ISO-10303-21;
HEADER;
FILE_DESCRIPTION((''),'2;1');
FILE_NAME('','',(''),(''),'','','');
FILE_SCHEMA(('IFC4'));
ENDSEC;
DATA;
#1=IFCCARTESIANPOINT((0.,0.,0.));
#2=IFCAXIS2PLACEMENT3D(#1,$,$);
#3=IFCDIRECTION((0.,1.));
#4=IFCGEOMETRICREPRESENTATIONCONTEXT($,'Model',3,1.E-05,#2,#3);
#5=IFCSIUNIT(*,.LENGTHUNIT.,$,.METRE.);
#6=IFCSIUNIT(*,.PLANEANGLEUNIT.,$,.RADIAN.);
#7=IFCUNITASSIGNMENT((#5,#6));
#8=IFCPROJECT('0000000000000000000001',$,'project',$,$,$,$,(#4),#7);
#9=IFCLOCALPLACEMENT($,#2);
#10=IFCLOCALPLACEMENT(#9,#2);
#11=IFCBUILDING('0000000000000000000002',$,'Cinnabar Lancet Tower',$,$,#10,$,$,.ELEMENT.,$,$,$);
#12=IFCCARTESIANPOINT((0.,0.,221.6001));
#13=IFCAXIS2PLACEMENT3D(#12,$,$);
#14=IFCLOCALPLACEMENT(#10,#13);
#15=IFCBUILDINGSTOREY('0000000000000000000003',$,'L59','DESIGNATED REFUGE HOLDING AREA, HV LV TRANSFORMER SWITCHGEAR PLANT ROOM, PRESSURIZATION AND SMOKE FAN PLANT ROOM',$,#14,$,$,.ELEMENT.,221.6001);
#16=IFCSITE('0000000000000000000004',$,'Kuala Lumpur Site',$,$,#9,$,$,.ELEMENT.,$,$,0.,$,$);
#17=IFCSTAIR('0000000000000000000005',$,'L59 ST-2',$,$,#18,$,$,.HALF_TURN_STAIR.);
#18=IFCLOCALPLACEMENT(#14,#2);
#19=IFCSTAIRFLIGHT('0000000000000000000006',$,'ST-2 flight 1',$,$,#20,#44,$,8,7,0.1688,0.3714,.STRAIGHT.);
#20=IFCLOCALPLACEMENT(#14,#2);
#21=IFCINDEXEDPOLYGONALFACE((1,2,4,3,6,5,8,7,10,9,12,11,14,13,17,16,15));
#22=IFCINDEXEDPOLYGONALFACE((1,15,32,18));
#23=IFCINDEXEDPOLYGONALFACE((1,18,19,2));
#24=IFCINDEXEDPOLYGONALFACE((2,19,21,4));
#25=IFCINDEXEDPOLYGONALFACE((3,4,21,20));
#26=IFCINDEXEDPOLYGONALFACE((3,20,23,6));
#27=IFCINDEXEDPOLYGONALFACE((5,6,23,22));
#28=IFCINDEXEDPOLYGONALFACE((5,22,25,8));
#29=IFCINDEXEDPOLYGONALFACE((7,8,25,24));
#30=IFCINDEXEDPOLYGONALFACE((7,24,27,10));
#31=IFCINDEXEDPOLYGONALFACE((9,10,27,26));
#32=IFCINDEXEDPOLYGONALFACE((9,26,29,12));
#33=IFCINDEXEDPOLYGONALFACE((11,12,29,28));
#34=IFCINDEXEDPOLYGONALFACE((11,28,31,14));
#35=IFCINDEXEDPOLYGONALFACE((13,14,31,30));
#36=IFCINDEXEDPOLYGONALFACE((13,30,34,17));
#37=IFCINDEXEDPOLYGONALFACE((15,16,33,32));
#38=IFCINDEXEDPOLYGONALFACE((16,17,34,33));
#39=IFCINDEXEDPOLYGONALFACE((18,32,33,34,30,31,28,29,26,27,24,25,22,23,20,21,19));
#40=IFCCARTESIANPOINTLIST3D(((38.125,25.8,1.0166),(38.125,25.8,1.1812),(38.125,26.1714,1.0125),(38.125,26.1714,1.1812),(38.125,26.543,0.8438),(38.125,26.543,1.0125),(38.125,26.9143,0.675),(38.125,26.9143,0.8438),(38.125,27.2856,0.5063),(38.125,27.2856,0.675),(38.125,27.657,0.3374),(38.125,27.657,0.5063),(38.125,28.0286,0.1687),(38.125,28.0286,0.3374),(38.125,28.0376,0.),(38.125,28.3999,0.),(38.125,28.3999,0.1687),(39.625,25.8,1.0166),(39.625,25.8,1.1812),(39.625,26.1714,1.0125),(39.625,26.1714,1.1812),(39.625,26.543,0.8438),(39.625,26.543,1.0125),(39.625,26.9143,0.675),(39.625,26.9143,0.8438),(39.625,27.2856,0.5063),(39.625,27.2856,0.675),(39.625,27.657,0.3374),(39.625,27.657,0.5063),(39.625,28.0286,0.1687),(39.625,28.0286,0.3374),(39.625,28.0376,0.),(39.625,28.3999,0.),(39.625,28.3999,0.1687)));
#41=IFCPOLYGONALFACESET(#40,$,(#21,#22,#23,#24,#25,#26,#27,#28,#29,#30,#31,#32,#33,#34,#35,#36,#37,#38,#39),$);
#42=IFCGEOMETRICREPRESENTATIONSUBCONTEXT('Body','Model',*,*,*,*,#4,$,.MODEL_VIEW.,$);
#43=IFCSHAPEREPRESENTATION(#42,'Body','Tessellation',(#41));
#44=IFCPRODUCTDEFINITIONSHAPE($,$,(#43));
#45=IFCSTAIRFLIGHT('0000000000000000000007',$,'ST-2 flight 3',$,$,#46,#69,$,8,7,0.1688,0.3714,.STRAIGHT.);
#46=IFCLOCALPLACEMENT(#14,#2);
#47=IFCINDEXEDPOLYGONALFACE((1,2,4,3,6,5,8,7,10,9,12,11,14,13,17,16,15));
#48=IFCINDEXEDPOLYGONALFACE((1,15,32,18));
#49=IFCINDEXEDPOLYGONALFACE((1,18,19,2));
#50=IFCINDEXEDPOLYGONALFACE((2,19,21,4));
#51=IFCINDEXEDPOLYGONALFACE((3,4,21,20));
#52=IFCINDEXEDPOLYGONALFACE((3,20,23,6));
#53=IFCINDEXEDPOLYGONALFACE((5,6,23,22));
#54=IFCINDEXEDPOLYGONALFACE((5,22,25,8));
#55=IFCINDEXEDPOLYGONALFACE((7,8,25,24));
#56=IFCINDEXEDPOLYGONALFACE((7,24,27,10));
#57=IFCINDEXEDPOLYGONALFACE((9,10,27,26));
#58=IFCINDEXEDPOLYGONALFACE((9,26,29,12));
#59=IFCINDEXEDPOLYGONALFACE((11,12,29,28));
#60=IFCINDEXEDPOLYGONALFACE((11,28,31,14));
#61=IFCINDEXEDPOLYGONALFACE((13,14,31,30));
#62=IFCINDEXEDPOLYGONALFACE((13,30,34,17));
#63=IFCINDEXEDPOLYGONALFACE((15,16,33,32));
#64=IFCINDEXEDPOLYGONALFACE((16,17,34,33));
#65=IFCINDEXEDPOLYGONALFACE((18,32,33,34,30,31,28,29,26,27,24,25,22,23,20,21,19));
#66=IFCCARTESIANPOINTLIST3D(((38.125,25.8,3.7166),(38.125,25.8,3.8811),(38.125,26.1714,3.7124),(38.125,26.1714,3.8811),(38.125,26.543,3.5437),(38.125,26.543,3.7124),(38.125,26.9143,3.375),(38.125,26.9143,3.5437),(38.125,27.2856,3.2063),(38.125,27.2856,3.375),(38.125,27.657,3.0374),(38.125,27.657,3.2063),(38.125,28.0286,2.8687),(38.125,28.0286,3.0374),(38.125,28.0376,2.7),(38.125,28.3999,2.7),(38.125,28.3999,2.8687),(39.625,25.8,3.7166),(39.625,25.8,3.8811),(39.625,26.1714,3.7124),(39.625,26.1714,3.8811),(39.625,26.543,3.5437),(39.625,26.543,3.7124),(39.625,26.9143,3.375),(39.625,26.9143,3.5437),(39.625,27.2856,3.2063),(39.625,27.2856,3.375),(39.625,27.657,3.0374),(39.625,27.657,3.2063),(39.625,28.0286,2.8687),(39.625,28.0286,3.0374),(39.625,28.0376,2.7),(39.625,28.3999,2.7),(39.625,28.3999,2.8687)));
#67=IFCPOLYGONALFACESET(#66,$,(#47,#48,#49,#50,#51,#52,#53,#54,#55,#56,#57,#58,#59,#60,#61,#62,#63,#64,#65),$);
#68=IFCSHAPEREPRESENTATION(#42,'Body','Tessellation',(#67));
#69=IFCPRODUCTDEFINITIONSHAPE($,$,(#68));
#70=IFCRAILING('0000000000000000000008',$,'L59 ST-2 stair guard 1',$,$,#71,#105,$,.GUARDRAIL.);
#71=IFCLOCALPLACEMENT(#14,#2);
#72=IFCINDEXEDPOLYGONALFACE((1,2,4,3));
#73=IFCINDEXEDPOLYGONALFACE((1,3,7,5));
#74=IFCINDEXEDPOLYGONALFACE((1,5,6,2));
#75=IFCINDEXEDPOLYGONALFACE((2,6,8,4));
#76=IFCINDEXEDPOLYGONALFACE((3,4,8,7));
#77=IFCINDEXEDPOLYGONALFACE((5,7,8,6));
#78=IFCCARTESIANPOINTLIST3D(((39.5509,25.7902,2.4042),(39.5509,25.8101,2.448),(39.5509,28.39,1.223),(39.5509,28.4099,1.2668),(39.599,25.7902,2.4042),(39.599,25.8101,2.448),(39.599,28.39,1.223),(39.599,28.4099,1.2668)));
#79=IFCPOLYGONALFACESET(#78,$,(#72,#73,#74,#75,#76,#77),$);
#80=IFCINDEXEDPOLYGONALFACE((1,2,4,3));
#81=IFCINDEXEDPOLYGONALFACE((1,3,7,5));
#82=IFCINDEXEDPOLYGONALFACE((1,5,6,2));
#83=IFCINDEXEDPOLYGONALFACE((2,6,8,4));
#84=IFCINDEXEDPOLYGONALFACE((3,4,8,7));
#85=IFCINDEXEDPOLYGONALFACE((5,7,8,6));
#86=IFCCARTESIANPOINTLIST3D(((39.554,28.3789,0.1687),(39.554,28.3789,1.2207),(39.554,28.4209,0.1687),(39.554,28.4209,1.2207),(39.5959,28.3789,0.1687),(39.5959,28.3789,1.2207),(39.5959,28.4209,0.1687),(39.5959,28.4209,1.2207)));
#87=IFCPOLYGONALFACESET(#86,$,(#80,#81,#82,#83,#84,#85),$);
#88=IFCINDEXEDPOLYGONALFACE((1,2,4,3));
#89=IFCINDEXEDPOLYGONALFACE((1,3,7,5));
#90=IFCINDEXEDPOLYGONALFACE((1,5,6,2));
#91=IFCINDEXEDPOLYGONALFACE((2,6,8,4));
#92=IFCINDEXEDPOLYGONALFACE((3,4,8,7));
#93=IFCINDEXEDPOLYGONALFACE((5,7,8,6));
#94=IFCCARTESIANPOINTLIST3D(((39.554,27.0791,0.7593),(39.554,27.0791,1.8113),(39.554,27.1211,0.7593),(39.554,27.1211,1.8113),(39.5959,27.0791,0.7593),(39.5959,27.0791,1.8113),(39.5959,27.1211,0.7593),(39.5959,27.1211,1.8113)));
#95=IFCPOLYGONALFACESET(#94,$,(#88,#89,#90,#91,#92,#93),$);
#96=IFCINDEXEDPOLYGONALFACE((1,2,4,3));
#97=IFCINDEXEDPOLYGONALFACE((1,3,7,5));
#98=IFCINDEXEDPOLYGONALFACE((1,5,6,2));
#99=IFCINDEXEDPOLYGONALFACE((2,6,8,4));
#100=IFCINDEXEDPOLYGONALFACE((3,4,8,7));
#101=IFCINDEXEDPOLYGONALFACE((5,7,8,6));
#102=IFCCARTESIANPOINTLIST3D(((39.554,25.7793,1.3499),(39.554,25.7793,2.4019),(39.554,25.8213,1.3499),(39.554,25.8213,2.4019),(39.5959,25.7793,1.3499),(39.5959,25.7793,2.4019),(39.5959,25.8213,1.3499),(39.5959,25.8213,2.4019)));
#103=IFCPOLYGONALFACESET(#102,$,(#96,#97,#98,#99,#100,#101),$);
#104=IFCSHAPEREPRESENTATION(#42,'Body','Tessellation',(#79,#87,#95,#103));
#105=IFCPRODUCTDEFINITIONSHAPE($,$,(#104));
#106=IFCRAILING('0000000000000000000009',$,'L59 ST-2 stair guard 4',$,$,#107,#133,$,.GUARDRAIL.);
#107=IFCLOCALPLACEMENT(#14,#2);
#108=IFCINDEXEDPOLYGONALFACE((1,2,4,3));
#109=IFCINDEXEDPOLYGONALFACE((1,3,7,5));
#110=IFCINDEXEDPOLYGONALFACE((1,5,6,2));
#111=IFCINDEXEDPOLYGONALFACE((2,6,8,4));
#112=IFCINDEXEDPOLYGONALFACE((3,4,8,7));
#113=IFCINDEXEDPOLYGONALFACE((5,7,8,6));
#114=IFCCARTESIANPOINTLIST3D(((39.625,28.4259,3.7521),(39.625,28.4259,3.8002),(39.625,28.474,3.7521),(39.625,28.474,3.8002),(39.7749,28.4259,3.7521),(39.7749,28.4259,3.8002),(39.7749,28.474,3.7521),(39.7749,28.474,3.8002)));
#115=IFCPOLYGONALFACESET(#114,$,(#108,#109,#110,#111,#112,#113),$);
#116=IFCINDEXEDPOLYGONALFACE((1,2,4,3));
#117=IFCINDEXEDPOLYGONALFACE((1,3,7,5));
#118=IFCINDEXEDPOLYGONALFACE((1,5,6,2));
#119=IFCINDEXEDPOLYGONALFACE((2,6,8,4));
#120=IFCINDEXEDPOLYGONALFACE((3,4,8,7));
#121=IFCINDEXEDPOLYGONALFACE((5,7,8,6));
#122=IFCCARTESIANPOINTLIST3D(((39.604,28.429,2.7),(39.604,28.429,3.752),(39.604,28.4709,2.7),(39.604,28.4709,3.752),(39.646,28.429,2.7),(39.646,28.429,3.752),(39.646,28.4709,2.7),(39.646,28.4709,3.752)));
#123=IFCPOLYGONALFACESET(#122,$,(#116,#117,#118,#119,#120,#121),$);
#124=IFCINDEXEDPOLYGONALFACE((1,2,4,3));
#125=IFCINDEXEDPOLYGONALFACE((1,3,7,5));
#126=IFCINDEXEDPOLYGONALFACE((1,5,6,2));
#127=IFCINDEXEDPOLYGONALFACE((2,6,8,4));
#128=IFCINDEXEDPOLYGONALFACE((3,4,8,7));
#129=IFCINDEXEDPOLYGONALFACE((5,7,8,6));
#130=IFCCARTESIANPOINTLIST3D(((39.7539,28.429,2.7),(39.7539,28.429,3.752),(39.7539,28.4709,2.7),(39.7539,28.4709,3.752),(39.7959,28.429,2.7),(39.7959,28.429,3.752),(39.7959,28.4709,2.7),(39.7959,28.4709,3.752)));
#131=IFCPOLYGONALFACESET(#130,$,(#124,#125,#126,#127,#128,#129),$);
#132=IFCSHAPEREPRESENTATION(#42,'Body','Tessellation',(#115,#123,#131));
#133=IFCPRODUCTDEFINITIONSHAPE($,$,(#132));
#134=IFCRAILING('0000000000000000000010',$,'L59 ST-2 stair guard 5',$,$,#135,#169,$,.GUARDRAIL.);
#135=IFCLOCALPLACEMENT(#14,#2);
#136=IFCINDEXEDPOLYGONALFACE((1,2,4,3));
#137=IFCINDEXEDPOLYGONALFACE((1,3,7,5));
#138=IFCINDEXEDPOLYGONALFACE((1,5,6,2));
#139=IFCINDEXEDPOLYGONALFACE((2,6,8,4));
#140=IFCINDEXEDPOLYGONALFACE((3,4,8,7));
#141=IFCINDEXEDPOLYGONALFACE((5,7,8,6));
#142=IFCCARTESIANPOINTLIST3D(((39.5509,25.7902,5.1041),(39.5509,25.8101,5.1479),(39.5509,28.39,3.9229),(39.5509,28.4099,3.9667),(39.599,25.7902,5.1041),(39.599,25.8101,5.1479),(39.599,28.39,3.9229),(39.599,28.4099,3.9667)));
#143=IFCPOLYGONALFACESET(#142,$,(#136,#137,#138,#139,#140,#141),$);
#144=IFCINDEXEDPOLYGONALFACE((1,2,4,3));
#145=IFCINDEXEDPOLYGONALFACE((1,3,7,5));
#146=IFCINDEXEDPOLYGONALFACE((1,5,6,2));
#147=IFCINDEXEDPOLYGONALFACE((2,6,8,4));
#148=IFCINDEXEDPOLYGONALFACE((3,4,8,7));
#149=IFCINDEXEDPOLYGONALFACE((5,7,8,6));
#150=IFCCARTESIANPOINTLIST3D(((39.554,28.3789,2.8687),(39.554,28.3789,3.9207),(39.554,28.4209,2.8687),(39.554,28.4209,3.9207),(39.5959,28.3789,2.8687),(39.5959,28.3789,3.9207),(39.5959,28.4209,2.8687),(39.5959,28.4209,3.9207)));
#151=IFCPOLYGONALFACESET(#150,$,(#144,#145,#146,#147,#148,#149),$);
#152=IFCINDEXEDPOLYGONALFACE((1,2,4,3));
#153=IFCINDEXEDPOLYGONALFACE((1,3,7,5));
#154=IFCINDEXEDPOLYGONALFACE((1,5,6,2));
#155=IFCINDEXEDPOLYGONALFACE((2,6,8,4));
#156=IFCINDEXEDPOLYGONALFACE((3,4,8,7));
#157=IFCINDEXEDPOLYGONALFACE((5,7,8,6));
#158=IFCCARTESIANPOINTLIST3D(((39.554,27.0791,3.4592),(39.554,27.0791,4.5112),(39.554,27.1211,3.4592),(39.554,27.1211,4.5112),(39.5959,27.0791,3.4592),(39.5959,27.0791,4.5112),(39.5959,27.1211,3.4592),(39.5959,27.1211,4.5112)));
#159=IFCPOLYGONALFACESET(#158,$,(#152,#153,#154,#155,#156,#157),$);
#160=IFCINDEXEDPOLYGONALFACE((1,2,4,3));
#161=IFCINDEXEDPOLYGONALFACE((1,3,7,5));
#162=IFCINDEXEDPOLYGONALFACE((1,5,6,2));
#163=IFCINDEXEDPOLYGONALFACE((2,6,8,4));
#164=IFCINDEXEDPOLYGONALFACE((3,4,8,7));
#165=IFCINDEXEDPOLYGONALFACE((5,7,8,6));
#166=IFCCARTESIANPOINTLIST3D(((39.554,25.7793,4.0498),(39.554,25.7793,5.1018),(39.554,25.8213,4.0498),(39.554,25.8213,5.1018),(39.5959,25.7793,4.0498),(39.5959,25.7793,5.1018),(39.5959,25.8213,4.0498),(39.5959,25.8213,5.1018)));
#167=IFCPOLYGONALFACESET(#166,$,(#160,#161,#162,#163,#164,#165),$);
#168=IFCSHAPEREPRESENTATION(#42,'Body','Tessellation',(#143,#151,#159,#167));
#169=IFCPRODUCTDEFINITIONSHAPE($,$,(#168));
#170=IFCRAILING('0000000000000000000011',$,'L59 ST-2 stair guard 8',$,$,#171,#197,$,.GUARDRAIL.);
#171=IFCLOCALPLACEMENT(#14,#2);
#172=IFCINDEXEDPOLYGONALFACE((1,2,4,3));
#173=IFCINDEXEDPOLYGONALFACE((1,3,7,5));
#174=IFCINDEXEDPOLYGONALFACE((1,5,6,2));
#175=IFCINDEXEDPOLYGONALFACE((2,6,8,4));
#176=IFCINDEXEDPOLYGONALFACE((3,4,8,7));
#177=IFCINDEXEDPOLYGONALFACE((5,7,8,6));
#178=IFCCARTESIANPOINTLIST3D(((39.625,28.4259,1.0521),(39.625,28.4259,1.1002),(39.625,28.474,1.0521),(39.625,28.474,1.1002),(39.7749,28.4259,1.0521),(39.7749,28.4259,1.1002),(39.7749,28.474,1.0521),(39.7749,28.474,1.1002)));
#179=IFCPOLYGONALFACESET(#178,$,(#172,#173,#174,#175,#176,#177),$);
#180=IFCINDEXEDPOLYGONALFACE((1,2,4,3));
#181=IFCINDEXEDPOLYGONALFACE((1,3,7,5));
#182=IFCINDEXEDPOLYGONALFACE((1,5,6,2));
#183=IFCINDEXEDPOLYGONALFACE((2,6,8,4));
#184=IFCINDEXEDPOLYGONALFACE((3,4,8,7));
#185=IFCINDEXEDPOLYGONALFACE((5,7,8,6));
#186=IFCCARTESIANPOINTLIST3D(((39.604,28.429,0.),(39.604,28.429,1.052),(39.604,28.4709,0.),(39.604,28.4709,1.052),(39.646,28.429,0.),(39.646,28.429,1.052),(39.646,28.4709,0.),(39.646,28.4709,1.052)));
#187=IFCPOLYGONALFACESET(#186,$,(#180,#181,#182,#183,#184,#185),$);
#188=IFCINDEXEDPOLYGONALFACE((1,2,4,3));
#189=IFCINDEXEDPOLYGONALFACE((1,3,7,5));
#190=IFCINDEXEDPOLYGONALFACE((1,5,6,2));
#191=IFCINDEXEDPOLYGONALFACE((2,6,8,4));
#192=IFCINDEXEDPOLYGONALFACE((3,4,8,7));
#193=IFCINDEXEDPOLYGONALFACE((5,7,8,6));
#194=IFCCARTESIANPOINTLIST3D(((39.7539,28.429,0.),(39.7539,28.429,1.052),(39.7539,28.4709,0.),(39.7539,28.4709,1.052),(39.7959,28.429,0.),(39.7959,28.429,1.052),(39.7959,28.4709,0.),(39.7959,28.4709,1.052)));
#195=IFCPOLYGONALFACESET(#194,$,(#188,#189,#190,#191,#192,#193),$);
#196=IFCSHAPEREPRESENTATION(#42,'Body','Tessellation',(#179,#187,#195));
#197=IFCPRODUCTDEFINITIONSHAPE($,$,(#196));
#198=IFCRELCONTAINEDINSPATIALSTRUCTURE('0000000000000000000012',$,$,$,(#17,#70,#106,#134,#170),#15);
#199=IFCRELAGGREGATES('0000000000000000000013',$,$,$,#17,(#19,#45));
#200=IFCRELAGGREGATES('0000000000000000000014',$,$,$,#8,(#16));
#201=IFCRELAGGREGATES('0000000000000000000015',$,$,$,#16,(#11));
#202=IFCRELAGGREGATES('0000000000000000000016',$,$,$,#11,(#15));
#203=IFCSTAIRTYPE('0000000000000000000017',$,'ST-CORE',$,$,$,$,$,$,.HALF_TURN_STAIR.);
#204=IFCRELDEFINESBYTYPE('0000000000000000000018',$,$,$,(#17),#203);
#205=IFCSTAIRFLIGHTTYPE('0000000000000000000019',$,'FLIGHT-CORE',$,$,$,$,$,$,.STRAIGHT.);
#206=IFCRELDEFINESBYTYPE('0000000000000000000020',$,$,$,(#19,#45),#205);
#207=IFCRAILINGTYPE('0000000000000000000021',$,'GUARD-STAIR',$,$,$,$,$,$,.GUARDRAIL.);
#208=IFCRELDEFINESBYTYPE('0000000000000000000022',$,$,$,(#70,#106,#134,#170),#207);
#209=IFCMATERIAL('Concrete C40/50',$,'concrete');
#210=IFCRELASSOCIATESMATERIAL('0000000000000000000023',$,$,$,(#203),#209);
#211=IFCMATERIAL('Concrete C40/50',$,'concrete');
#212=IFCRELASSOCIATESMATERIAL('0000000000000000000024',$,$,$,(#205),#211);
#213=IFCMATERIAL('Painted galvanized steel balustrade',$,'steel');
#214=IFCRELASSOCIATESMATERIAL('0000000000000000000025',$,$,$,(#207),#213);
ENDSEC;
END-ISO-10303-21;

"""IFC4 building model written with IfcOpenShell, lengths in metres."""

from ifc_helpers import new_model, si_unit, direction, frame, origin, origin_2d, place, context, subcontext, project, spatial, polyline, rectangle, outline, extrude, material, type_object, element, aggregate, save


model = new_model("IFC4")

# Units and contexts
model_context = context("Model", 3, precision=1e-05, world=origin(), true_north=direction((0.0, 1.0)))
body_context = subcontext(model_context, "Body", "Model", "MODEL_VIEW")
ifc_project = project(units=[si_unit("LENGTHUNIT", "METRE"), si_unit("PLANEANGLEUNIT", "RADIAN")], contexts=[model_context])

# Site, building, storey
site_placement = place(None, origin())
site = spatial("IfcSite", under=ifc_project, at=site_placement, Name="Kuala Lumpur Site", CompositionType="ELEMENT", RefElevation=0.0)
building_placement = place(site_placement, origin())
building = spatial("IfcBuilding", under=site, at=building_placement, Name="Cinnabar Lancet Tower", CompositionType="ELEMENT")
storey_placement = place(building_placement, frame((0.0, 0.0, 221.6001)))
storey = spatial("IfcBuildingStorey", under=building, at=storey_placement, Name="L59", Description="DESIGNATED REFUGE HOLDING AREA, HV LV TRANSFORMER SWITCHGEAR PLANT ROOM, PRESSURIZATION AND SMOKE FAN PLANT ROOM", CompositionType="ELEMENT", Elevation=221.6001)

# Stair, stair flights
ifc_material_1 = material(Name="Concrete C40/50", Category="concrete")
stair_type = type_object("IfcStairType", Name="ST-CORE", PredefinedType="HALF_TURN_STAIR", material=ifc_material_1)
stair_placement = place(storey_placement, origin())
stair = element("IfcStair", 1, at=stair_placement, inside=storey, type_object=stair_type, Name="L59 ST-2", PredefinedType="HALF_TURN_STAIR")
ifc_material_2 = material(Name="Concrete C40/50", Category="concrete")
stair_flight_type = type_object("IfcStairFlightType", Name="FLIGHT-CORE", PredefinedType="STRAIGHT", material=ifc_material_2)
stair_flight_1_placement = place(storey_placement, frame((38.875, 28.3999, 0.0), z_axis=(0.0, 0.0, 1.0), x_axis=(0.0, -1.0, 0.0)))
stair_flight_1 = element("IfcStairFlight", 2, at=stair_flight_1_placement, type_object=stair_flight_type, Name="ST-2 flight 1", NumberOfRisers=8, NumberOfTreads=7, PredefinedType="STRAIGHT", RiserHeight=0.1688, TreadLength=0.3714, context=body_context, shape_type="SweptSolid", body=[
    extrude(outline(polyline([(0.0, 0.0), (0.0, 0.1687), (0.3713, 0.1687), (0.3713, 0.3374), (0.7429, 0.3374), (0.7429, 0.5063), (1.1143, 0.5063), (1.1143, 0.675), (1.4856, 0.675), (1.4856, 0.8438), (1.8569, 0.8438), (1.8569, 1.0125), (2.2285, 1.0125), (2.2285, 1.1812), (2.5999, 1.1812), (2.5999, 1.3501), (2.5999, 1.0166), (0.3623, 0.0), (0.0, 0.0)])), frame((0.0, 0.75, 0.0), z_axis=(0.0, -1.0, 0.0), x_axis=(1.0, 0.0, 0.0)), (0.0, 0.0, 1.0), 1.5),
])
stair_flight_2_placement = place(storey_placement, frame((38.875, 28.3999, 2.7), z_axis=(0.0, 0.0, 1.0), x_axis=(0.0, -1.0, 0.0)))
stair_flight_2 = element("IfcStairFlight", 3, at=stair_flight_2_placement, type_object=stair_flight_type, Name="ST-2 flight 3", NumberOfRisers=8, NumberOfTreads=7, PredefinedType="STRAIGHT", RiserHeight=0.1688, TreadLength=0.3714, context=body_context, shape_type="SweptSolid", body=[
    extrude(outline(polyline([(0.0, 0.0), (0.0, 0.1687), (0.3713, 0.1687), (0.3713, 0.3374), (0.7429, 0.3374), (0.7429, 0.5063), (1.1143, 0.5063), (1.1143, 0.675), (1.4856, 0.675), (1.4856, 0.8438), (1.8569, 0.8438), (1.8569, 1.0125), (2.2285, 1.0125), (2.2285, 1.1812), (2.5999, 1.1812), (2.5999, 1.3501), (2.5999, 1.0166), (0.3623, 0.0), (0.0, 0.0)])), frame((0.0, 0.75, 0.0), z_axis=(0.0, -1.0, 0.0), x_axis=(1.0, 0.0, 0.0)), (0.0, 0.0, 1.0), 1.5),
])
aggregate(stair, [stair_flight_1, stair_flight_2])

# Railings
ifc_material_3 = material(Name="Painted galvanized steel balustrade", Category="steel")
railing_type_1 = type_object("IfcRailingType", Name="GUARD-STAIR", PredefinedType="GUARDRAIL", material=ifc_material_3)
railing_1_placement = place(storey_placement, frame((39.575, 28.3999, 0.1687)))
element("IfcRailing", 4, at=railing_1_placement, inside=storey, type_object=railing_type_1, Name="L59 ST-2 stair guard 1", PredefinedType="GUARDRAIL", context=body_context, shape_type="SweptSolid", body=[
    extrude(rectangle(XDim=0.0481, YDim=0.0481, at=origin_2d()), frame((0.0, 0.0, 1.0762), z_axis=(0.0, -0.910431, 0.413661), x_axis=(1.0, 0.0, 0.0)), (0.0, 0.0, 1.0), 2.8555),
    extrude(rectangle(XDim=0.042, YDim=0.042, at=origin_2d()), origin(), (0.0, 0.0, 1.0), 1.052),
    extrude(rectangle(XDim=0.042, YDim=0.042, at=origin_2d()), frame((0.0, -1.2998, 0.5906)), (0.0, 0.0, 1.0), 1.052),
    extrude(rectangle(XDim=0.042, YDim=0.042, at=origin_2d()), frame((0.0, -2.5996, 1.1812)), (0.0, 0.0, 1.0), 1.052),
])
railing_2_placement = place(storey_placement, frame((39.625, 28.45, 2.7)))
element("IfcRailing", 5, at=railing_2_placement, inside=storey, type_object=railing_type_1, Name="L59 ST-2 stair guard 4", PredefinedType="GUARDRAIL", context=body_context, shape_type="SweptSolid", body=[
    extrude(rectangle(XDim=0.0481, YDim=0.0481, at=origin_2d()), frame((0.0, 0.0, 1.0762), z_axis=(1.0, 0.0, 0.0), x_axis=(0.0, 1.0, 0.0)), (0.0, 0.0, 1.0), 0.1499),
    extrude(rectangle(XDim=0.042, YDim=0.042, at=origin_2d()), origin(), (0.0, 0.0, 1.0), 1.052),
    extrude(rectangle(XDim=0.042, YDim=0.042, at=origin_2d()), frame((0.1499, 0.0, 0.0)), (0.0, 0.0, 1.0), 1.052),
])
railing_3_placement = place(storey_placement, frame((39.575, 28.3999, 2.8687)))
element("IfcRailing", 6, at=railing_3_placement, inside=storey, type_object=railing_type_1, Name="L59 ST-2 stair guard 5", PredefinedType="GUARDRAIL", context=body_context, shape_type="SweptSolid", body=[
    extrude(rectangle(XDim=0.0481, YDim=0.0481, at=origin_2d()), frame((0.0, 0.0, 1.0762), z_axis=(0.0, -0.910431, 0.413661), x_axis=(1.0, 0.0, 0.0)), (0.0, 0.0, 1.0), 2.8555),
    extrude(rectangle(XDim=0.042, YDim=0.042, at=origin_2d()), origin(), (0.0, 0.0, 1.0), 1.052),
    extrude(rectangle(XDim=0.042, YDim=0.042, at=origin_2d()), frame((0.0, -1.2998, 0.5906)), (0.0, 0.0, 1.0), 1.052),
    extrude(rectangle(XDim=0.042, YDim=0.042, at=origin_2d()), frame((0.0, -2.5996, 1.1812)), (0.0, 0.0, 1.0), 1.052),
])
railing_4_placement = place(storey_placement, frame((39.625, 28.45, 0.0)))
element("IfcRailing", 7, at=railing_4_placement, inside=storey, type_object=railing_type_1, Name="L59 ST-2 stair guard 8", PredefinedType="GUARDRAIL", context=body_context, shape_type="SweptSolid", body=[
    extrude(rectangle(XDim=0.0481, YDim=0.0481, at=origin_2d()), frame((0.0, 0.0, 1.0762), z_axis=(1.0, 0.0, 0.0), x_axis=(0.0, 1.0, 0.0)), (0.0, 0.0, 1.0), 0.1499),
    extrude(rectangle(XDim=0.042, YDim=0.042, at=origin_2d()), origin(), (0.0, 0.0, 1.0), 1.052),
    extrude(rectangle(XDim=0.042, YDim=0.042, at=origin_2d()), frame((0.1499, 0.0, 0.0)), (0.0, 0.0, 1.0), 1.052),
])

save(model, "model.ifc")
